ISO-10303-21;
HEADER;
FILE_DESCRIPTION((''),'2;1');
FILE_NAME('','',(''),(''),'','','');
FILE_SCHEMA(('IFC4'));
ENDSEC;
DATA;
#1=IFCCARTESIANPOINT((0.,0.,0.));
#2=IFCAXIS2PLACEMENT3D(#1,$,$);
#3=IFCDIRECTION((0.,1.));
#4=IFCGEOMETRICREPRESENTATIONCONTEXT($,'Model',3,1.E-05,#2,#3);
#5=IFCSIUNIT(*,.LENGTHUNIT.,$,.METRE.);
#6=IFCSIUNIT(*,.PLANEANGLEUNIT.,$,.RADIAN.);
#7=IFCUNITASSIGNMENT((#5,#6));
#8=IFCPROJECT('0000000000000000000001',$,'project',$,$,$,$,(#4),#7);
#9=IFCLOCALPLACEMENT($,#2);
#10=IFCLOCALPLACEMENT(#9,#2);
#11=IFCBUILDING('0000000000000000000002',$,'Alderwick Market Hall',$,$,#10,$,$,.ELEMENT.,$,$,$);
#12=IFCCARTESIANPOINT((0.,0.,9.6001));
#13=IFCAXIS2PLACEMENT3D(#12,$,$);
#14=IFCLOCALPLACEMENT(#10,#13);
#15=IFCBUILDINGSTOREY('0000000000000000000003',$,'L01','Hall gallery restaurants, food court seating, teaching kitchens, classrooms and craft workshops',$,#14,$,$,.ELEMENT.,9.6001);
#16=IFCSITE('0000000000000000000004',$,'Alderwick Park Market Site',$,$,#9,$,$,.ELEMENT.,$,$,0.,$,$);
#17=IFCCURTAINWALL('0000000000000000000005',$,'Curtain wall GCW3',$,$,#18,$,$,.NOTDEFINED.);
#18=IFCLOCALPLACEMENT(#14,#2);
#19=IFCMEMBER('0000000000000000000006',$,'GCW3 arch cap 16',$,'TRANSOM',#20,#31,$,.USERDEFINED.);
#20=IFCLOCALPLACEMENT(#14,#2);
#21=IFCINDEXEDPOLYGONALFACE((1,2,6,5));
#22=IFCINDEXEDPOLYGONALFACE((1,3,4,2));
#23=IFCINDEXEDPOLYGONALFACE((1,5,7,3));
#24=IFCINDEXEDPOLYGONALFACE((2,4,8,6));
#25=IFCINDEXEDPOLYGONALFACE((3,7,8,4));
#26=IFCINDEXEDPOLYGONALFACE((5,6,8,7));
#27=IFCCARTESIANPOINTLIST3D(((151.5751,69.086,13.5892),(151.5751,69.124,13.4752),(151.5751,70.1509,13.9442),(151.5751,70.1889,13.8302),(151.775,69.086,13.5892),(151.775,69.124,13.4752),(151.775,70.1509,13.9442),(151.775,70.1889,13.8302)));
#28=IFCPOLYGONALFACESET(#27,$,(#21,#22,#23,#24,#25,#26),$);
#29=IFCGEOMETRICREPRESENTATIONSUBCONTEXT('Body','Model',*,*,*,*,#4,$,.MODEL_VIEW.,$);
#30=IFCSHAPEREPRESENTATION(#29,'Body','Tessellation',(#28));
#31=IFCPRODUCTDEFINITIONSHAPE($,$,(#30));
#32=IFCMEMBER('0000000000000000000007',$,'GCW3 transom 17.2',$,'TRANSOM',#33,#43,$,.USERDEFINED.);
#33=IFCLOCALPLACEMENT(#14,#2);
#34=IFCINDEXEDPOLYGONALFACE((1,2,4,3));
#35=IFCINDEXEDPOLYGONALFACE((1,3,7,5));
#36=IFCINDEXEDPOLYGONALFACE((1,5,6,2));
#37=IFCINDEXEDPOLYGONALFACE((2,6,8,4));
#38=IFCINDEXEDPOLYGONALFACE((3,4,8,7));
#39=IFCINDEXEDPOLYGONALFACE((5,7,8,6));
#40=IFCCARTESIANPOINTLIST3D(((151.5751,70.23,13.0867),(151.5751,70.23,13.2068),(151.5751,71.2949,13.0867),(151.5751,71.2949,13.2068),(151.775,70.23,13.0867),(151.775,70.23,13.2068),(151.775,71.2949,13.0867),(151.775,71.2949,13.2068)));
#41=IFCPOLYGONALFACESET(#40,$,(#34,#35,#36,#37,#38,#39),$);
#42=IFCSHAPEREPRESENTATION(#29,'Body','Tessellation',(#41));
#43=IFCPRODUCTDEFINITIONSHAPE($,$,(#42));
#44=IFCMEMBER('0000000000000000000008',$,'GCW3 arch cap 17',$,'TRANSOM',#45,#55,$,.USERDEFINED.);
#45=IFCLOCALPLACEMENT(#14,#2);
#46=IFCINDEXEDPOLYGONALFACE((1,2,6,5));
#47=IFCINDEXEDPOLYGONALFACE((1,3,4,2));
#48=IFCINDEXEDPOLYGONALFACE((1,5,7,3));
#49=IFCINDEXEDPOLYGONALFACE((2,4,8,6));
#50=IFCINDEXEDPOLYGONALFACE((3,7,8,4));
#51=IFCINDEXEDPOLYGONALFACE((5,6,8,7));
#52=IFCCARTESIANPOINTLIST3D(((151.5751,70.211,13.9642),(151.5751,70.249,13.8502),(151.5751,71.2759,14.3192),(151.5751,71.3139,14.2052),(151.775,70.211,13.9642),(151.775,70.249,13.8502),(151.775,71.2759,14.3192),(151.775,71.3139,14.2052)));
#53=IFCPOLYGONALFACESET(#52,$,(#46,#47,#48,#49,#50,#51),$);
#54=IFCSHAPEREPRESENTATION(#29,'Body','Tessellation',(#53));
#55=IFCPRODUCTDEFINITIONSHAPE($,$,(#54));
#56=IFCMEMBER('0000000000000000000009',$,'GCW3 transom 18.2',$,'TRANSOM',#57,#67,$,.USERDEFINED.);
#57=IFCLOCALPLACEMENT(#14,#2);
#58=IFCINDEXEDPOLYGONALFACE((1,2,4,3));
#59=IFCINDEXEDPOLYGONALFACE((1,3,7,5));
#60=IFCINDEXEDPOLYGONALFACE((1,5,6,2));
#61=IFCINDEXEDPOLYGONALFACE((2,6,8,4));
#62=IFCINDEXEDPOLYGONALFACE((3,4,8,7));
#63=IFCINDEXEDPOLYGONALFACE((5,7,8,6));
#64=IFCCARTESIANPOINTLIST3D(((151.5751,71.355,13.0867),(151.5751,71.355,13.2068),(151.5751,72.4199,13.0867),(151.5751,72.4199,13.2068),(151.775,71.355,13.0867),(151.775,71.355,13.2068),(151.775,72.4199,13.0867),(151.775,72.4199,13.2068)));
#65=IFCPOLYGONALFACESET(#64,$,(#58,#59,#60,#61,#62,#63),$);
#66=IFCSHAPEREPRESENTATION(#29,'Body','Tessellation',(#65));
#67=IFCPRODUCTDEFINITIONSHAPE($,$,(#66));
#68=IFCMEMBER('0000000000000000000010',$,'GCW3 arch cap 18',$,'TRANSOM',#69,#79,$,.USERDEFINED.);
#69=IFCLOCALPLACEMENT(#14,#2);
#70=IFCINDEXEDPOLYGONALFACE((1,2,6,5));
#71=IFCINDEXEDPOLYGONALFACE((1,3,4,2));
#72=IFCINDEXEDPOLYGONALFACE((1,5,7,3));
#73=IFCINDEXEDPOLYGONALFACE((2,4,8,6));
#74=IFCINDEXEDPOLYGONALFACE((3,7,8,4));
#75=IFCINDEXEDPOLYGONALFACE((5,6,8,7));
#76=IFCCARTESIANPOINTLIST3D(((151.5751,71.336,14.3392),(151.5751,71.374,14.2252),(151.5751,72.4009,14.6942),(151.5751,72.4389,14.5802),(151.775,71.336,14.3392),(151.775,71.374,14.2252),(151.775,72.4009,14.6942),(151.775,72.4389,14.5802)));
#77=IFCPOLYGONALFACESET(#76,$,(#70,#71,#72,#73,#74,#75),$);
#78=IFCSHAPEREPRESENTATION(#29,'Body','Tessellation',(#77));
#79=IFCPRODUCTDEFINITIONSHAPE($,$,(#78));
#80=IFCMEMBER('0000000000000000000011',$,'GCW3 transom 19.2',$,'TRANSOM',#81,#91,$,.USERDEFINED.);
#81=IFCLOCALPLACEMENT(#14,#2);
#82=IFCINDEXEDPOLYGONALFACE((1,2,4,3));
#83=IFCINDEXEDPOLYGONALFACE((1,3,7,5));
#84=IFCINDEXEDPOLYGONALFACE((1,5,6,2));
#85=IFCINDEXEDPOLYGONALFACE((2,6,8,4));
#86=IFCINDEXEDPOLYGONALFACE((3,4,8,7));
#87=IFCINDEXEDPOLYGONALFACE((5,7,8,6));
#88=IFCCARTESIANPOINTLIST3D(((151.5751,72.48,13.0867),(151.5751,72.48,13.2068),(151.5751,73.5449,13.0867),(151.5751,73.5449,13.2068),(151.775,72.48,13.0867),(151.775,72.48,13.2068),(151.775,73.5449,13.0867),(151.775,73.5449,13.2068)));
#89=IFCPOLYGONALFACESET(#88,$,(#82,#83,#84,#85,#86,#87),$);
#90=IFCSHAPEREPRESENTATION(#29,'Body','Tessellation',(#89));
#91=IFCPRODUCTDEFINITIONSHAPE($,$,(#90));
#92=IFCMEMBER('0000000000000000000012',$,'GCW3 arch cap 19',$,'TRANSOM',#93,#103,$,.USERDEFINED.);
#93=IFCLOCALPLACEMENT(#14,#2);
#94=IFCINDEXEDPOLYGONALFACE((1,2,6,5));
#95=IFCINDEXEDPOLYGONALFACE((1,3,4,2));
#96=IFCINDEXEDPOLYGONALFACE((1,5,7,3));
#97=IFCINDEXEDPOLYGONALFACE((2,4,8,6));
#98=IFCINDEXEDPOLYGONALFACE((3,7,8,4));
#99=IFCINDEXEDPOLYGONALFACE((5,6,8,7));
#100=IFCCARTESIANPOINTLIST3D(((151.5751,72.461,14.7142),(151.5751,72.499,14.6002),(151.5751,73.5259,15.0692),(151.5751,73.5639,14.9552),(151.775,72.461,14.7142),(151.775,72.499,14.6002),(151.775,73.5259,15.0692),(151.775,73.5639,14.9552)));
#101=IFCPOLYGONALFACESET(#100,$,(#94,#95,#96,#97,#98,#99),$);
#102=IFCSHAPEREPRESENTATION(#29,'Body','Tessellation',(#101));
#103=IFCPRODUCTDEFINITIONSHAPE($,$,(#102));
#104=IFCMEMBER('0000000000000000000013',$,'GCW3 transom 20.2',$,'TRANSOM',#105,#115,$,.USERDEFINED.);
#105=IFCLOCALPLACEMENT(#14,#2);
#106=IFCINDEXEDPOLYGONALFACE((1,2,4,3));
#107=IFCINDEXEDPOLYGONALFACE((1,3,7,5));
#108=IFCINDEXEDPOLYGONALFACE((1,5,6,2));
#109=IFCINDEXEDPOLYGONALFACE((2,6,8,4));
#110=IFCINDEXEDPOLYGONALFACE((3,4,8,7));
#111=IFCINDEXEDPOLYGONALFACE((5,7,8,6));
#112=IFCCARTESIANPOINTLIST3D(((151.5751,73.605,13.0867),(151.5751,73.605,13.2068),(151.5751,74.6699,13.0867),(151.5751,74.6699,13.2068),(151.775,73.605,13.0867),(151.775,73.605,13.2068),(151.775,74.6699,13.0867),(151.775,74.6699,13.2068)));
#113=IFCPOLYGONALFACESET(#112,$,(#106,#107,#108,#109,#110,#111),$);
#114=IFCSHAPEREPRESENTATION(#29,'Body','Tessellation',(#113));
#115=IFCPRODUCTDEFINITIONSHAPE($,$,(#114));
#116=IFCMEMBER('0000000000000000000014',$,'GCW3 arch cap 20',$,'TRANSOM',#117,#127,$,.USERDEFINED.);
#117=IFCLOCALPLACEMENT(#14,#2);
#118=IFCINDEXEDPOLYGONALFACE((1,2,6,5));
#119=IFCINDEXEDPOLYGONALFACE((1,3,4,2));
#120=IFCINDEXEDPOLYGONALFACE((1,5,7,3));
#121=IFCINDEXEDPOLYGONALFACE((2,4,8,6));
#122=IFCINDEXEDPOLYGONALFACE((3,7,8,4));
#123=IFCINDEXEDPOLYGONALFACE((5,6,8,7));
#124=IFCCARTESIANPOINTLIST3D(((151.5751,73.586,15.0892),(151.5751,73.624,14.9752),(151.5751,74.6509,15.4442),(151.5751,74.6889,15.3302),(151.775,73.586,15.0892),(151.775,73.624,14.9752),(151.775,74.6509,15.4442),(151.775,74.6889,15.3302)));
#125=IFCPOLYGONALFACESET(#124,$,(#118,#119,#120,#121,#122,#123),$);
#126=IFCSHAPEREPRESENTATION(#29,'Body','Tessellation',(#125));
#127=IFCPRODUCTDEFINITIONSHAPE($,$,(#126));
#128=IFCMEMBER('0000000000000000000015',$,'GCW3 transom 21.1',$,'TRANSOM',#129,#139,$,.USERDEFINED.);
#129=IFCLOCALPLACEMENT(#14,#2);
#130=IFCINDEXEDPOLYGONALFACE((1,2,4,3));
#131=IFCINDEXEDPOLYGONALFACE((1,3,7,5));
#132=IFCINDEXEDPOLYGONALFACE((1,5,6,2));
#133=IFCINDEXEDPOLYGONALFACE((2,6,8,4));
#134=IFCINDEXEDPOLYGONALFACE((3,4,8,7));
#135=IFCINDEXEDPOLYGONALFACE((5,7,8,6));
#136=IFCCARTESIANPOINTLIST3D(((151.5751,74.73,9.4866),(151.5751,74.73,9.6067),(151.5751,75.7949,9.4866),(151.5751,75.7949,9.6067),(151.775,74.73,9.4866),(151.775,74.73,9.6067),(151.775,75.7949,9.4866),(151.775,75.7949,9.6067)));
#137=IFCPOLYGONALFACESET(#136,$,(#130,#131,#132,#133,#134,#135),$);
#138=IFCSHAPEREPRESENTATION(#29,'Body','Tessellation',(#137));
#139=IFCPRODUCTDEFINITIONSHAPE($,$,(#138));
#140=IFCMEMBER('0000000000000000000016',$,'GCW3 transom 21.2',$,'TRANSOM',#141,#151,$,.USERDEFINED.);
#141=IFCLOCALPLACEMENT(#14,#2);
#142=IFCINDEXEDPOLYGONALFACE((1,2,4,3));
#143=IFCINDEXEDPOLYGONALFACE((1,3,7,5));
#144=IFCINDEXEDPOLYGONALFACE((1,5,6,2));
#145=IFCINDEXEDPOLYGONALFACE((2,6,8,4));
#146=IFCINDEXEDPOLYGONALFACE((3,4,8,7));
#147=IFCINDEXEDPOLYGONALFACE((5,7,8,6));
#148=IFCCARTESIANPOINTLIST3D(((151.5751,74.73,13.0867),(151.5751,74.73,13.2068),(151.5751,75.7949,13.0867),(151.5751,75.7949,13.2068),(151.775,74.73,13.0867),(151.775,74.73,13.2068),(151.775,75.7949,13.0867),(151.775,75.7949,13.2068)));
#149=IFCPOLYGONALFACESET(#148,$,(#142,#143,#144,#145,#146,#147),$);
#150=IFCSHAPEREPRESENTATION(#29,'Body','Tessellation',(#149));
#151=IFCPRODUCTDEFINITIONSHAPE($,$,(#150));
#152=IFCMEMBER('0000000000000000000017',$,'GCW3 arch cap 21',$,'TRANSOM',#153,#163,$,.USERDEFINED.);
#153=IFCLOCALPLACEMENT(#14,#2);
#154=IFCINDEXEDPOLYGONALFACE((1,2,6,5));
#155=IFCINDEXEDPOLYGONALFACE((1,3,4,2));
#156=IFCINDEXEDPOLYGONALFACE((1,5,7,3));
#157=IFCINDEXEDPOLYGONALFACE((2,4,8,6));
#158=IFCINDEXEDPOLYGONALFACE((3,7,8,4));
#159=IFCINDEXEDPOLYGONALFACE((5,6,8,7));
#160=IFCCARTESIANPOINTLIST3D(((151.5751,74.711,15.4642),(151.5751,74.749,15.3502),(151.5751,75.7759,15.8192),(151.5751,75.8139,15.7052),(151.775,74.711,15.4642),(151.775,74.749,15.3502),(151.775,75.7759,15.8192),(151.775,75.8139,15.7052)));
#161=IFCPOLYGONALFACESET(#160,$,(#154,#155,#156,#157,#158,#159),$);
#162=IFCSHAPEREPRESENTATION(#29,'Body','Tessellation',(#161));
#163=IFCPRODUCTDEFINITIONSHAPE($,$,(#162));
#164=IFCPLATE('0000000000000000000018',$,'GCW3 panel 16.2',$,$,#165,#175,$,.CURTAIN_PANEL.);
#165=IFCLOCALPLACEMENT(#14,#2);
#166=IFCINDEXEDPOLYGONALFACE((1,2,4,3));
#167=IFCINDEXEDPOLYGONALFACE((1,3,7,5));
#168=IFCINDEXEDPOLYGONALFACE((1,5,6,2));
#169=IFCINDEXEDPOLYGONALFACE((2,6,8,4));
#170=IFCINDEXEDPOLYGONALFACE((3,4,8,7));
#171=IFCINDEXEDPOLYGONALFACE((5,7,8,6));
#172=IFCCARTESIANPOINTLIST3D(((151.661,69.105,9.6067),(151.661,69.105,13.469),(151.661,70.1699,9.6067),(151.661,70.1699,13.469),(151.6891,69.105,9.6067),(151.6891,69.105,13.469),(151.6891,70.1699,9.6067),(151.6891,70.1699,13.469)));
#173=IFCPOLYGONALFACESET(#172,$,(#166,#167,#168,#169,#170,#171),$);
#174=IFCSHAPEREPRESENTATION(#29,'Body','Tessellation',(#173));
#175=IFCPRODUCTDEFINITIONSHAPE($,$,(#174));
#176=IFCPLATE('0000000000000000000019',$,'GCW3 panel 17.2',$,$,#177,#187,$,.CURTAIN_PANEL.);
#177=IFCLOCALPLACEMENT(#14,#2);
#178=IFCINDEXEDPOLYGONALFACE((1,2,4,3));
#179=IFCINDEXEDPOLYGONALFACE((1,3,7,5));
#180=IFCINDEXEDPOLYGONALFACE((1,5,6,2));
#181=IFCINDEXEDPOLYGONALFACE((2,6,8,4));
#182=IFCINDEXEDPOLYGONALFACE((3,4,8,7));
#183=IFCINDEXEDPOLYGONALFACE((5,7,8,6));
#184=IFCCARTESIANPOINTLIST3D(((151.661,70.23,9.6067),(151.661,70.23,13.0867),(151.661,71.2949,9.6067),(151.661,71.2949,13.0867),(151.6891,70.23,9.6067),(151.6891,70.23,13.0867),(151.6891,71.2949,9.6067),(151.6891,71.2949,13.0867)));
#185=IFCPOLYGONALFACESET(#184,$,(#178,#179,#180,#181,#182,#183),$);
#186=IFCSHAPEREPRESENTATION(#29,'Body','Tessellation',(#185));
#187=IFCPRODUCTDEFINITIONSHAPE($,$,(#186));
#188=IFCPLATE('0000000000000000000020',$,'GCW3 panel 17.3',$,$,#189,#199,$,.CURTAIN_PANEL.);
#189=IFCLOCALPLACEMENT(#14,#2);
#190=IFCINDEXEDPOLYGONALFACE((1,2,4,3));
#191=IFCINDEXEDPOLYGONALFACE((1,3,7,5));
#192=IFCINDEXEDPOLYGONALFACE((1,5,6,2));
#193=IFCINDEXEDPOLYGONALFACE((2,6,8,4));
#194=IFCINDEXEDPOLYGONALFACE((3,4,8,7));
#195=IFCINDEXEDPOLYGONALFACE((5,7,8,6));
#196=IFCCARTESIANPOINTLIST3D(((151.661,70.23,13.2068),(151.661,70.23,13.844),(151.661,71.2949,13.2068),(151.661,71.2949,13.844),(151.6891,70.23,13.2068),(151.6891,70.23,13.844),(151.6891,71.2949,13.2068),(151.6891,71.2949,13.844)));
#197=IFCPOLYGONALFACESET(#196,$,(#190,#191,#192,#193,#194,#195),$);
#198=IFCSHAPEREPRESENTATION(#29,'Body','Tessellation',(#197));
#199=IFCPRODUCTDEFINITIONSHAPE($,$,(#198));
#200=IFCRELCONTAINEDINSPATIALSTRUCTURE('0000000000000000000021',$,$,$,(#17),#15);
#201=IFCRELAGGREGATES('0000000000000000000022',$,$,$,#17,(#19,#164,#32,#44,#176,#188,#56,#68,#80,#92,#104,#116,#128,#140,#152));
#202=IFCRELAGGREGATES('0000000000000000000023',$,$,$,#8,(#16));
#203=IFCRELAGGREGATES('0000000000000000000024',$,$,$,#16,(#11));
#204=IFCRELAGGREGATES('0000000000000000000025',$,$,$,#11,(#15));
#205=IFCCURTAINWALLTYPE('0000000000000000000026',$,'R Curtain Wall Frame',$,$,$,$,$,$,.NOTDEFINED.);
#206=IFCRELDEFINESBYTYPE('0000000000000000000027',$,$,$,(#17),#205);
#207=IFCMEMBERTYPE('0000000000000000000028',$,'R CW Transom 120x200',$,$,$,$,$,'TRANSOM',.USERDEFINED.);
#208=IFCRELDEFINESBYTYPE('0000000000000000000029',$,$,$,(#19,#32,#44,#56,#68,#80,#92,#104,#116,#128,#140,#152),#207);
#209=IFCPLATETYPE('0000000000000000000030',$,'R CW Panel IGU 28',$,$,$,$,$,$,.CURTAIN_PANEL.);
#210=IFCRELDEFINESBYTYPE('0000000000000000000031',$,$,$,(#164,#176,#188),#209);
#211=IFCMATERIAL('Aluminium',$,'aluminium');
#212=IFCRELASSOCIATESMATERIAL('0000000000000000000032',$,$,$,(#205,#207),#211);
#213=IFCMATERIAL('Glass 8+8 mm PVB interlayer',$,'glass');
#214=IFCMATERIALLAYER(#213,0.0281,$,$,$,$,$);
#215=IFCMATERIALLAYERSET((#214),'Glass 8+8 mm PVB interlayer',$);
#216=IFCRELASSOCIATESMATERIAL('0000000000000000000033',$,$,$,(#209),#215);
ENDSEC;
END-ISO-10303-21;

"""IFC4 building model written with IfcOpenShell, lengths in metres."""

from ifc_helpers import new_model, si_unit, direction, frame, origin, origin_2d, place, context, subcontext, project, spatial, rectangle, extrude, material, layer, layer_set, material_profile, profile_set, type_object, element, aggregate, save


model = new_model("IFC4")

# Units and contexts
model_context = context("Model", 3, precision=1e-05, world=origin(), true_north=direction((0.0, 1.0)))
body_context = subcontext(model_context, "Body", "Model", "MODEL_VIEW")
ifc_project = project(units=[si_unit("LENGTHUNIT", "METRE"), si_unit("PLANEANGLEUNIT", "RADIAN")], contexts=[model_context])

# Site, building, storey
site_placement = place(None, origin())
site = spatial("IfcSite", under=ifc_project, at=site_placement, Name="Alderwick Park Market Site", CompositionType="ELEMENT", RefElevation=0.0)
building_placement = place(site_placement, origin())
building = spatial("IfcBuilding", under=site, at=building_placement, Name="Alderwick Market Hall", CompositionType="ELEMENT")
storey_placement = place(building_placement, frame((0.0, 0.0, 9.6001)))
storey = spatial("IfcBuildingStorey", under=building, at=storey_placement, Name="L01", Description="Hall gallery restaurants, food court seating, teaching kitchens, classrooms and craft workshops", CompositionType="ELEMENT", Elevation=9.6001)

# Curtain wall, members, plates
ifc_material_1 = material(Name="Aluminium", Category="aluminium")
curtain_wall_type = type_object("IfcCurtainWallType", Name="R Curtain Wall Frame", PredefinedType="NOTDEFINED", material=ifc_material_1)
curtain_wall_placement = place(storey_placement, origin())
curtain_wall = element("IfcCurtainWall", 1, at=curtain_wall_placement, inside=storey, type_object=curtain_wall_type, Name="Curtain wall GCW3", PredefinedType="NOTDEFINED")
ifc_material_profile = material_profile(ifc_material_1, rectangle(XDim=0.2, YDim=0.1201, at=origin_2d()), Name="AL 120x200")
ifc_profile_set = profile_set([ifc_material_profile], Name="Aluminium")
member_type = type_object("IfcMemberType", Name="R CW Transom 120x200", ElementType="TRANSOM", PredefinedType="USERDEFINED", material=ifc_profile_set)
member_1_placement = place(storey_placement, frame((151.675, 69.105, 13.5322), z_axis=(0.0, 0.948683, 0.316228), x_axis=(-1.0, 0.0, 0.0)))
member_1 = element("IfcMember", 2, at=member_1_placement, type_object=member_type, Name="GCW3 arch cap 16", ObjectType="TRANSOM", PredefinedType="USERDEFINED", context=body_context, shape_type="SweptSolid", body=[
    extrude(rectangle(XDim=0.2, YDim=0.1201, at=origin_2d()), origin(), (0.0, 0.0, 1.0), 1.1226),
])
member_2_placement = place(storey_placement, frame((151.675, 70.23, 13.1467), z_axis=(0.0, 1.0, 0.0), x_axis=(-1.0, 0.0, 0.0)))
member_2 = element("IfcMember", 3, at=member_2_placement, type_object=member_type, Name="GCW3 transom 17.2", ObjectType="TRANSOM", PredefinedType="USERDEFINED", context=body_context, shape_type="SweptSolid", body=[
    extrude(rectangle(XDim=0.2, YDim=0.1201, at=origin_2d()), origin(), (0.0, 0.0, 1.0), 1.0649),
])
member_3_placement = place(storey_placement, frame((151.675, 70.23, 13.9072), z_axis=(0.0, 0.948683, 0.316228), x_axis=(-1.0, 0.0, 0.0)))
member_3 = element("IfcMember", 4, at=member_3_placement, type_object=member_type, Name="GCW3 arch cap 17", ObjectType="TRANSOM", PredefinedType="USERDEFINED", context=body_context, shape_type="SweptSolid", body=[
    extrude(rectangle(XDim=0.2, YDim=0.1201, at=origin_2d()), origin(), (0.0, 0.0, 1.0), 1.1226),
])
member_4_placement = place(storey_placement, frame((151.675, 71.355, 13.1467), z_axis=(0.0, 1.0, 0.0), x_axis=(-1.0, 0.0, 0.0)))
member_4 = element("IfcMember", 5, at=member_4_placement, type_object=member_type, Name="GCW3 transom 18.2", ObjectType="TRANSOM", PredefinedType="USERDEFINED", context=body_context, shape_type="SweptSolid", body=[
    extrude(rectangle(XDim=0.2, YDim=0.1201, at=origin_2d()), origin(), (0.0, 0.0, 1.0), 1.0649),
])
member_5_placement = place(storey_placement, frame((151.675, 71.355, 14.2822), z_axis=(0.0, 0.948683, 0.316228), x_axis=(-1.0, 0.0, 0.0)))
member_5 = element("IfcMember", 6, at=member_5_placement, type_object=member_type, Name="GCW3 arch cap 18", ObjectType="TRANSOM", PredefinedType="USERDEFINED", context=body_context, shape_type="SweptSolid", body=[
    extrude(rectangle(XDim=0.2, YDim=0.1201, at=origin_2d()), origin(), (0.0, 0.0, 1.0), 1.1226),
])
member_6_placement = place(storey_placement, frame((151.675, 72.48, 13.1467), z_axis=(0.0, 1.0, 0.0), x_axis=(-1.0, 0.0, 0.0)))
member_6 = element("IfcMember", 7, at=member_6_placement, type_object=member_type, Name="GCW3 transom 19.2", ObjectType="TRANSOM", PredefinedType="USERDEFINED", context=body_context, shape_type="SweptSolid", body=[
    extrude(rectangle(XDim=0.2, YDim=0.1201, at=origin_2d()), origin(), (0.0, 0.0, 1.0), 1.0649),
])
member_7_placement = place(storey_placement, frame((151.675, 72.48, 14.6572), z_axis=(0.0, 0.948683, 0.316228), x_axis=(-1.0, 0.0, 0.0)))
member_7 = element("IfcMember", 8, at=member_7_placement, type_object=member_type, Name="GCW3 arch cap 19", ObjectType="TRANSOM", PredefinedType="USERDEFINED", context=body_context, shape_type="SweptSolid", body=[
    extrude(rectangle(XDim=0.2, YDim=0.1201, at=origin_2d()), origin(), (0.0, 0.0, 1.0), 1.1226),
])
member_8_placement = place(storey_placement, frame((151.675, 73.605, 13.1467), z_axis=(0.0, 1.0, 0.0), x_axis=(-1.0, 0.0, 0.0)))
member_8 = element("IfcMember", 9, at=member_8_placement, type_object=member_type, Name="GCW3 transom 20.2", ObjectType="TRANSOM", PredefinedType="USERDEFINED", context=body_context, shape_type="SweptSolid", body=[
    extrude(rectangle(XDim=0.2, YDim=0.1201, at=origin_2d()), origin(), (0.0, 0.0, 1.0), 1.0649),
])
member_9_placement = place(storey_placement, frame((151.675, 73.605, 15.0322), z_axis=(0.0, 0.948683, 0.316228), x_axis=(-1.0, 0.0, 0.0)))
member_9 = element("IfcMember", 10, at=member_9_placement, type_object=member_type, Name="GCW3 arch cap 20", ObjectType="TRANSOM", PredefinedType="USERDEFINED", context=body_context, shape_type="SweptSolid", body=[
    extrude(rectangle(XDim=0.2, YDim=0.1201, at=origin_2d()), origin(), (0.0, 0.0, 1.0), 1.1226),
])
member_10_placement = place(storey_placement, frame((151.675, 74.73, 9.5466), z_axis=(0.0, 1.0, 0.0), x_axis=(-1.0, 0.0, 0.0)))
member_10 = element("IfcMember", 11, at=member_10_placement, type_object=member_type, Name="GCW3 transom 21.1", ObjectType="TRANSOM", PredefinedType="USERDEFINED", context=body_context, shape_type="SweptSolid", body=[
    extrude(rectangle(XDim=0.2, YDim=0.1201, at=origin_2d()), origin(), (0.0, 0.0, 1.0), 1.0649),
])
member_11_placement = place(storey_placement, frame((151.675, 74.73, 13.1467), z_axis=(0.0, 1.0, 0.0), x_axis=(-1.0, 0.0, 0.0)))
member_11 = element("IfcMember", 12, at=member_11_placement, type_object=member_type, Name="GCW3 transom 21.2", ObjectType="TRANSOM", PredefinedType="USERDEFINED", context=body_context, shape_type="SweptSolid", body=[
    extrude(rectangle(XDim=0.2, YDim=0.1201, at=origin_2d()), origin(), (0.0, 0.0, 1.0), 1.0649),
])
member_12_placement = place(storey_placement, frame((151.675, 74.73, 15.4072), z_axis=(0.0, 0.948683, 0.316228), x_axis=(-1.0, 0.0, 0.0)))
member_12 = element("IfcMember", 13, at=member_12_placement, type_object=member_type, Name="GCW3 arch cap 21", ObjectType="TRANSOM", PredefinedType="USERDEFINED", context=body_context, shape_type="SweptSolid", body=[
    extrude(rectangle(XDim=0.2, YDim=0.1201, at=origin_2d()), origin(), (0.0, 0.0, 1.0), 1.1226),
])
ifc_material_2 = material(Name="Glass 8+8 mm PVB interlayer", Category="glass")
ifc_layer = layer(ifc_material_2, 0.0281)
ifc_layer_set = layer_set([ifc_layer], Name="Glass 8+8 mm PVB interlayer")
plate_type = type_object("IfcPlateType", Name="R CW Panel IGU 28", PredefinedType="CURTAIN_PANEL", material=ifc_layer_set)
plate_1_placement = place(storey_placement, frame((151.675, 69.6375, 9.6067), z_axis=(0.0, 0.0, 1.0), x_axis=(1.0, 0.0, 0.0)))
plate_1 = element("IfcPlate", 14, at=plate_1_placement, type_object=plate_type, Name="GCW3 panel 16.2", PredefinedType="CURTAIN_PANEL", context=body_context, shape_type="SweptSolid", body=[
    extrude(rectangle(XDim=0.0281, YDim=1.0649, at=origin_2d()), origin(), (0.0, 0.0, 1.0), 3.8623),
])
plate_2_placement = place(storey_placement, frame((151.675, 70.7625, 9.6067), z_axis=(0.0, 0.0, 1.0), x_axis=(1.0, 0.0, 0.0)))
plate_2 = element("IfcPlate", 15, at=plate_2_placement, type_object=plate_type, Name="GCW3 panel 17.2", PredefinedType="CURTAIN_PANEL", context=body_context, shape_type="SweptSolid", body=[
    extrude(rectangle(XDim=0.0281, YDim=1.0649, at=origin_2d()), origin(), (0.0, 0.0, 1.0), 3.48),
])
plate_3_placement = place(storey_placement, frame((151.675, 70.7625, 13.2068), z_axis=(0.0, 0.0, 1.0), x_axis=(1.0, 0.0, 0.0)))
plate_3 = element("IfcPlate", 16, at=plate_3_placement, type_object=plate_type, Name="GCW3 panel 17.3", PredefinedType="CURTAIN_PANEL", context=body_context, shape_type="SweptSolid", body=[
    extrude(rectangle(XDim=0.0281, YDim=1.0649, at=origin_2d()), origin(), (0.0, 0.0, 1.0), 0.6372),
])
aggregate(curtain_wall, [member_1, plate_1, member_2, member_3, plate_2, plate_3, member_4, member_5, member_6, member_7, member_8, member_9, member_10, member_11, member_12])

save(model, "model.ifc")
